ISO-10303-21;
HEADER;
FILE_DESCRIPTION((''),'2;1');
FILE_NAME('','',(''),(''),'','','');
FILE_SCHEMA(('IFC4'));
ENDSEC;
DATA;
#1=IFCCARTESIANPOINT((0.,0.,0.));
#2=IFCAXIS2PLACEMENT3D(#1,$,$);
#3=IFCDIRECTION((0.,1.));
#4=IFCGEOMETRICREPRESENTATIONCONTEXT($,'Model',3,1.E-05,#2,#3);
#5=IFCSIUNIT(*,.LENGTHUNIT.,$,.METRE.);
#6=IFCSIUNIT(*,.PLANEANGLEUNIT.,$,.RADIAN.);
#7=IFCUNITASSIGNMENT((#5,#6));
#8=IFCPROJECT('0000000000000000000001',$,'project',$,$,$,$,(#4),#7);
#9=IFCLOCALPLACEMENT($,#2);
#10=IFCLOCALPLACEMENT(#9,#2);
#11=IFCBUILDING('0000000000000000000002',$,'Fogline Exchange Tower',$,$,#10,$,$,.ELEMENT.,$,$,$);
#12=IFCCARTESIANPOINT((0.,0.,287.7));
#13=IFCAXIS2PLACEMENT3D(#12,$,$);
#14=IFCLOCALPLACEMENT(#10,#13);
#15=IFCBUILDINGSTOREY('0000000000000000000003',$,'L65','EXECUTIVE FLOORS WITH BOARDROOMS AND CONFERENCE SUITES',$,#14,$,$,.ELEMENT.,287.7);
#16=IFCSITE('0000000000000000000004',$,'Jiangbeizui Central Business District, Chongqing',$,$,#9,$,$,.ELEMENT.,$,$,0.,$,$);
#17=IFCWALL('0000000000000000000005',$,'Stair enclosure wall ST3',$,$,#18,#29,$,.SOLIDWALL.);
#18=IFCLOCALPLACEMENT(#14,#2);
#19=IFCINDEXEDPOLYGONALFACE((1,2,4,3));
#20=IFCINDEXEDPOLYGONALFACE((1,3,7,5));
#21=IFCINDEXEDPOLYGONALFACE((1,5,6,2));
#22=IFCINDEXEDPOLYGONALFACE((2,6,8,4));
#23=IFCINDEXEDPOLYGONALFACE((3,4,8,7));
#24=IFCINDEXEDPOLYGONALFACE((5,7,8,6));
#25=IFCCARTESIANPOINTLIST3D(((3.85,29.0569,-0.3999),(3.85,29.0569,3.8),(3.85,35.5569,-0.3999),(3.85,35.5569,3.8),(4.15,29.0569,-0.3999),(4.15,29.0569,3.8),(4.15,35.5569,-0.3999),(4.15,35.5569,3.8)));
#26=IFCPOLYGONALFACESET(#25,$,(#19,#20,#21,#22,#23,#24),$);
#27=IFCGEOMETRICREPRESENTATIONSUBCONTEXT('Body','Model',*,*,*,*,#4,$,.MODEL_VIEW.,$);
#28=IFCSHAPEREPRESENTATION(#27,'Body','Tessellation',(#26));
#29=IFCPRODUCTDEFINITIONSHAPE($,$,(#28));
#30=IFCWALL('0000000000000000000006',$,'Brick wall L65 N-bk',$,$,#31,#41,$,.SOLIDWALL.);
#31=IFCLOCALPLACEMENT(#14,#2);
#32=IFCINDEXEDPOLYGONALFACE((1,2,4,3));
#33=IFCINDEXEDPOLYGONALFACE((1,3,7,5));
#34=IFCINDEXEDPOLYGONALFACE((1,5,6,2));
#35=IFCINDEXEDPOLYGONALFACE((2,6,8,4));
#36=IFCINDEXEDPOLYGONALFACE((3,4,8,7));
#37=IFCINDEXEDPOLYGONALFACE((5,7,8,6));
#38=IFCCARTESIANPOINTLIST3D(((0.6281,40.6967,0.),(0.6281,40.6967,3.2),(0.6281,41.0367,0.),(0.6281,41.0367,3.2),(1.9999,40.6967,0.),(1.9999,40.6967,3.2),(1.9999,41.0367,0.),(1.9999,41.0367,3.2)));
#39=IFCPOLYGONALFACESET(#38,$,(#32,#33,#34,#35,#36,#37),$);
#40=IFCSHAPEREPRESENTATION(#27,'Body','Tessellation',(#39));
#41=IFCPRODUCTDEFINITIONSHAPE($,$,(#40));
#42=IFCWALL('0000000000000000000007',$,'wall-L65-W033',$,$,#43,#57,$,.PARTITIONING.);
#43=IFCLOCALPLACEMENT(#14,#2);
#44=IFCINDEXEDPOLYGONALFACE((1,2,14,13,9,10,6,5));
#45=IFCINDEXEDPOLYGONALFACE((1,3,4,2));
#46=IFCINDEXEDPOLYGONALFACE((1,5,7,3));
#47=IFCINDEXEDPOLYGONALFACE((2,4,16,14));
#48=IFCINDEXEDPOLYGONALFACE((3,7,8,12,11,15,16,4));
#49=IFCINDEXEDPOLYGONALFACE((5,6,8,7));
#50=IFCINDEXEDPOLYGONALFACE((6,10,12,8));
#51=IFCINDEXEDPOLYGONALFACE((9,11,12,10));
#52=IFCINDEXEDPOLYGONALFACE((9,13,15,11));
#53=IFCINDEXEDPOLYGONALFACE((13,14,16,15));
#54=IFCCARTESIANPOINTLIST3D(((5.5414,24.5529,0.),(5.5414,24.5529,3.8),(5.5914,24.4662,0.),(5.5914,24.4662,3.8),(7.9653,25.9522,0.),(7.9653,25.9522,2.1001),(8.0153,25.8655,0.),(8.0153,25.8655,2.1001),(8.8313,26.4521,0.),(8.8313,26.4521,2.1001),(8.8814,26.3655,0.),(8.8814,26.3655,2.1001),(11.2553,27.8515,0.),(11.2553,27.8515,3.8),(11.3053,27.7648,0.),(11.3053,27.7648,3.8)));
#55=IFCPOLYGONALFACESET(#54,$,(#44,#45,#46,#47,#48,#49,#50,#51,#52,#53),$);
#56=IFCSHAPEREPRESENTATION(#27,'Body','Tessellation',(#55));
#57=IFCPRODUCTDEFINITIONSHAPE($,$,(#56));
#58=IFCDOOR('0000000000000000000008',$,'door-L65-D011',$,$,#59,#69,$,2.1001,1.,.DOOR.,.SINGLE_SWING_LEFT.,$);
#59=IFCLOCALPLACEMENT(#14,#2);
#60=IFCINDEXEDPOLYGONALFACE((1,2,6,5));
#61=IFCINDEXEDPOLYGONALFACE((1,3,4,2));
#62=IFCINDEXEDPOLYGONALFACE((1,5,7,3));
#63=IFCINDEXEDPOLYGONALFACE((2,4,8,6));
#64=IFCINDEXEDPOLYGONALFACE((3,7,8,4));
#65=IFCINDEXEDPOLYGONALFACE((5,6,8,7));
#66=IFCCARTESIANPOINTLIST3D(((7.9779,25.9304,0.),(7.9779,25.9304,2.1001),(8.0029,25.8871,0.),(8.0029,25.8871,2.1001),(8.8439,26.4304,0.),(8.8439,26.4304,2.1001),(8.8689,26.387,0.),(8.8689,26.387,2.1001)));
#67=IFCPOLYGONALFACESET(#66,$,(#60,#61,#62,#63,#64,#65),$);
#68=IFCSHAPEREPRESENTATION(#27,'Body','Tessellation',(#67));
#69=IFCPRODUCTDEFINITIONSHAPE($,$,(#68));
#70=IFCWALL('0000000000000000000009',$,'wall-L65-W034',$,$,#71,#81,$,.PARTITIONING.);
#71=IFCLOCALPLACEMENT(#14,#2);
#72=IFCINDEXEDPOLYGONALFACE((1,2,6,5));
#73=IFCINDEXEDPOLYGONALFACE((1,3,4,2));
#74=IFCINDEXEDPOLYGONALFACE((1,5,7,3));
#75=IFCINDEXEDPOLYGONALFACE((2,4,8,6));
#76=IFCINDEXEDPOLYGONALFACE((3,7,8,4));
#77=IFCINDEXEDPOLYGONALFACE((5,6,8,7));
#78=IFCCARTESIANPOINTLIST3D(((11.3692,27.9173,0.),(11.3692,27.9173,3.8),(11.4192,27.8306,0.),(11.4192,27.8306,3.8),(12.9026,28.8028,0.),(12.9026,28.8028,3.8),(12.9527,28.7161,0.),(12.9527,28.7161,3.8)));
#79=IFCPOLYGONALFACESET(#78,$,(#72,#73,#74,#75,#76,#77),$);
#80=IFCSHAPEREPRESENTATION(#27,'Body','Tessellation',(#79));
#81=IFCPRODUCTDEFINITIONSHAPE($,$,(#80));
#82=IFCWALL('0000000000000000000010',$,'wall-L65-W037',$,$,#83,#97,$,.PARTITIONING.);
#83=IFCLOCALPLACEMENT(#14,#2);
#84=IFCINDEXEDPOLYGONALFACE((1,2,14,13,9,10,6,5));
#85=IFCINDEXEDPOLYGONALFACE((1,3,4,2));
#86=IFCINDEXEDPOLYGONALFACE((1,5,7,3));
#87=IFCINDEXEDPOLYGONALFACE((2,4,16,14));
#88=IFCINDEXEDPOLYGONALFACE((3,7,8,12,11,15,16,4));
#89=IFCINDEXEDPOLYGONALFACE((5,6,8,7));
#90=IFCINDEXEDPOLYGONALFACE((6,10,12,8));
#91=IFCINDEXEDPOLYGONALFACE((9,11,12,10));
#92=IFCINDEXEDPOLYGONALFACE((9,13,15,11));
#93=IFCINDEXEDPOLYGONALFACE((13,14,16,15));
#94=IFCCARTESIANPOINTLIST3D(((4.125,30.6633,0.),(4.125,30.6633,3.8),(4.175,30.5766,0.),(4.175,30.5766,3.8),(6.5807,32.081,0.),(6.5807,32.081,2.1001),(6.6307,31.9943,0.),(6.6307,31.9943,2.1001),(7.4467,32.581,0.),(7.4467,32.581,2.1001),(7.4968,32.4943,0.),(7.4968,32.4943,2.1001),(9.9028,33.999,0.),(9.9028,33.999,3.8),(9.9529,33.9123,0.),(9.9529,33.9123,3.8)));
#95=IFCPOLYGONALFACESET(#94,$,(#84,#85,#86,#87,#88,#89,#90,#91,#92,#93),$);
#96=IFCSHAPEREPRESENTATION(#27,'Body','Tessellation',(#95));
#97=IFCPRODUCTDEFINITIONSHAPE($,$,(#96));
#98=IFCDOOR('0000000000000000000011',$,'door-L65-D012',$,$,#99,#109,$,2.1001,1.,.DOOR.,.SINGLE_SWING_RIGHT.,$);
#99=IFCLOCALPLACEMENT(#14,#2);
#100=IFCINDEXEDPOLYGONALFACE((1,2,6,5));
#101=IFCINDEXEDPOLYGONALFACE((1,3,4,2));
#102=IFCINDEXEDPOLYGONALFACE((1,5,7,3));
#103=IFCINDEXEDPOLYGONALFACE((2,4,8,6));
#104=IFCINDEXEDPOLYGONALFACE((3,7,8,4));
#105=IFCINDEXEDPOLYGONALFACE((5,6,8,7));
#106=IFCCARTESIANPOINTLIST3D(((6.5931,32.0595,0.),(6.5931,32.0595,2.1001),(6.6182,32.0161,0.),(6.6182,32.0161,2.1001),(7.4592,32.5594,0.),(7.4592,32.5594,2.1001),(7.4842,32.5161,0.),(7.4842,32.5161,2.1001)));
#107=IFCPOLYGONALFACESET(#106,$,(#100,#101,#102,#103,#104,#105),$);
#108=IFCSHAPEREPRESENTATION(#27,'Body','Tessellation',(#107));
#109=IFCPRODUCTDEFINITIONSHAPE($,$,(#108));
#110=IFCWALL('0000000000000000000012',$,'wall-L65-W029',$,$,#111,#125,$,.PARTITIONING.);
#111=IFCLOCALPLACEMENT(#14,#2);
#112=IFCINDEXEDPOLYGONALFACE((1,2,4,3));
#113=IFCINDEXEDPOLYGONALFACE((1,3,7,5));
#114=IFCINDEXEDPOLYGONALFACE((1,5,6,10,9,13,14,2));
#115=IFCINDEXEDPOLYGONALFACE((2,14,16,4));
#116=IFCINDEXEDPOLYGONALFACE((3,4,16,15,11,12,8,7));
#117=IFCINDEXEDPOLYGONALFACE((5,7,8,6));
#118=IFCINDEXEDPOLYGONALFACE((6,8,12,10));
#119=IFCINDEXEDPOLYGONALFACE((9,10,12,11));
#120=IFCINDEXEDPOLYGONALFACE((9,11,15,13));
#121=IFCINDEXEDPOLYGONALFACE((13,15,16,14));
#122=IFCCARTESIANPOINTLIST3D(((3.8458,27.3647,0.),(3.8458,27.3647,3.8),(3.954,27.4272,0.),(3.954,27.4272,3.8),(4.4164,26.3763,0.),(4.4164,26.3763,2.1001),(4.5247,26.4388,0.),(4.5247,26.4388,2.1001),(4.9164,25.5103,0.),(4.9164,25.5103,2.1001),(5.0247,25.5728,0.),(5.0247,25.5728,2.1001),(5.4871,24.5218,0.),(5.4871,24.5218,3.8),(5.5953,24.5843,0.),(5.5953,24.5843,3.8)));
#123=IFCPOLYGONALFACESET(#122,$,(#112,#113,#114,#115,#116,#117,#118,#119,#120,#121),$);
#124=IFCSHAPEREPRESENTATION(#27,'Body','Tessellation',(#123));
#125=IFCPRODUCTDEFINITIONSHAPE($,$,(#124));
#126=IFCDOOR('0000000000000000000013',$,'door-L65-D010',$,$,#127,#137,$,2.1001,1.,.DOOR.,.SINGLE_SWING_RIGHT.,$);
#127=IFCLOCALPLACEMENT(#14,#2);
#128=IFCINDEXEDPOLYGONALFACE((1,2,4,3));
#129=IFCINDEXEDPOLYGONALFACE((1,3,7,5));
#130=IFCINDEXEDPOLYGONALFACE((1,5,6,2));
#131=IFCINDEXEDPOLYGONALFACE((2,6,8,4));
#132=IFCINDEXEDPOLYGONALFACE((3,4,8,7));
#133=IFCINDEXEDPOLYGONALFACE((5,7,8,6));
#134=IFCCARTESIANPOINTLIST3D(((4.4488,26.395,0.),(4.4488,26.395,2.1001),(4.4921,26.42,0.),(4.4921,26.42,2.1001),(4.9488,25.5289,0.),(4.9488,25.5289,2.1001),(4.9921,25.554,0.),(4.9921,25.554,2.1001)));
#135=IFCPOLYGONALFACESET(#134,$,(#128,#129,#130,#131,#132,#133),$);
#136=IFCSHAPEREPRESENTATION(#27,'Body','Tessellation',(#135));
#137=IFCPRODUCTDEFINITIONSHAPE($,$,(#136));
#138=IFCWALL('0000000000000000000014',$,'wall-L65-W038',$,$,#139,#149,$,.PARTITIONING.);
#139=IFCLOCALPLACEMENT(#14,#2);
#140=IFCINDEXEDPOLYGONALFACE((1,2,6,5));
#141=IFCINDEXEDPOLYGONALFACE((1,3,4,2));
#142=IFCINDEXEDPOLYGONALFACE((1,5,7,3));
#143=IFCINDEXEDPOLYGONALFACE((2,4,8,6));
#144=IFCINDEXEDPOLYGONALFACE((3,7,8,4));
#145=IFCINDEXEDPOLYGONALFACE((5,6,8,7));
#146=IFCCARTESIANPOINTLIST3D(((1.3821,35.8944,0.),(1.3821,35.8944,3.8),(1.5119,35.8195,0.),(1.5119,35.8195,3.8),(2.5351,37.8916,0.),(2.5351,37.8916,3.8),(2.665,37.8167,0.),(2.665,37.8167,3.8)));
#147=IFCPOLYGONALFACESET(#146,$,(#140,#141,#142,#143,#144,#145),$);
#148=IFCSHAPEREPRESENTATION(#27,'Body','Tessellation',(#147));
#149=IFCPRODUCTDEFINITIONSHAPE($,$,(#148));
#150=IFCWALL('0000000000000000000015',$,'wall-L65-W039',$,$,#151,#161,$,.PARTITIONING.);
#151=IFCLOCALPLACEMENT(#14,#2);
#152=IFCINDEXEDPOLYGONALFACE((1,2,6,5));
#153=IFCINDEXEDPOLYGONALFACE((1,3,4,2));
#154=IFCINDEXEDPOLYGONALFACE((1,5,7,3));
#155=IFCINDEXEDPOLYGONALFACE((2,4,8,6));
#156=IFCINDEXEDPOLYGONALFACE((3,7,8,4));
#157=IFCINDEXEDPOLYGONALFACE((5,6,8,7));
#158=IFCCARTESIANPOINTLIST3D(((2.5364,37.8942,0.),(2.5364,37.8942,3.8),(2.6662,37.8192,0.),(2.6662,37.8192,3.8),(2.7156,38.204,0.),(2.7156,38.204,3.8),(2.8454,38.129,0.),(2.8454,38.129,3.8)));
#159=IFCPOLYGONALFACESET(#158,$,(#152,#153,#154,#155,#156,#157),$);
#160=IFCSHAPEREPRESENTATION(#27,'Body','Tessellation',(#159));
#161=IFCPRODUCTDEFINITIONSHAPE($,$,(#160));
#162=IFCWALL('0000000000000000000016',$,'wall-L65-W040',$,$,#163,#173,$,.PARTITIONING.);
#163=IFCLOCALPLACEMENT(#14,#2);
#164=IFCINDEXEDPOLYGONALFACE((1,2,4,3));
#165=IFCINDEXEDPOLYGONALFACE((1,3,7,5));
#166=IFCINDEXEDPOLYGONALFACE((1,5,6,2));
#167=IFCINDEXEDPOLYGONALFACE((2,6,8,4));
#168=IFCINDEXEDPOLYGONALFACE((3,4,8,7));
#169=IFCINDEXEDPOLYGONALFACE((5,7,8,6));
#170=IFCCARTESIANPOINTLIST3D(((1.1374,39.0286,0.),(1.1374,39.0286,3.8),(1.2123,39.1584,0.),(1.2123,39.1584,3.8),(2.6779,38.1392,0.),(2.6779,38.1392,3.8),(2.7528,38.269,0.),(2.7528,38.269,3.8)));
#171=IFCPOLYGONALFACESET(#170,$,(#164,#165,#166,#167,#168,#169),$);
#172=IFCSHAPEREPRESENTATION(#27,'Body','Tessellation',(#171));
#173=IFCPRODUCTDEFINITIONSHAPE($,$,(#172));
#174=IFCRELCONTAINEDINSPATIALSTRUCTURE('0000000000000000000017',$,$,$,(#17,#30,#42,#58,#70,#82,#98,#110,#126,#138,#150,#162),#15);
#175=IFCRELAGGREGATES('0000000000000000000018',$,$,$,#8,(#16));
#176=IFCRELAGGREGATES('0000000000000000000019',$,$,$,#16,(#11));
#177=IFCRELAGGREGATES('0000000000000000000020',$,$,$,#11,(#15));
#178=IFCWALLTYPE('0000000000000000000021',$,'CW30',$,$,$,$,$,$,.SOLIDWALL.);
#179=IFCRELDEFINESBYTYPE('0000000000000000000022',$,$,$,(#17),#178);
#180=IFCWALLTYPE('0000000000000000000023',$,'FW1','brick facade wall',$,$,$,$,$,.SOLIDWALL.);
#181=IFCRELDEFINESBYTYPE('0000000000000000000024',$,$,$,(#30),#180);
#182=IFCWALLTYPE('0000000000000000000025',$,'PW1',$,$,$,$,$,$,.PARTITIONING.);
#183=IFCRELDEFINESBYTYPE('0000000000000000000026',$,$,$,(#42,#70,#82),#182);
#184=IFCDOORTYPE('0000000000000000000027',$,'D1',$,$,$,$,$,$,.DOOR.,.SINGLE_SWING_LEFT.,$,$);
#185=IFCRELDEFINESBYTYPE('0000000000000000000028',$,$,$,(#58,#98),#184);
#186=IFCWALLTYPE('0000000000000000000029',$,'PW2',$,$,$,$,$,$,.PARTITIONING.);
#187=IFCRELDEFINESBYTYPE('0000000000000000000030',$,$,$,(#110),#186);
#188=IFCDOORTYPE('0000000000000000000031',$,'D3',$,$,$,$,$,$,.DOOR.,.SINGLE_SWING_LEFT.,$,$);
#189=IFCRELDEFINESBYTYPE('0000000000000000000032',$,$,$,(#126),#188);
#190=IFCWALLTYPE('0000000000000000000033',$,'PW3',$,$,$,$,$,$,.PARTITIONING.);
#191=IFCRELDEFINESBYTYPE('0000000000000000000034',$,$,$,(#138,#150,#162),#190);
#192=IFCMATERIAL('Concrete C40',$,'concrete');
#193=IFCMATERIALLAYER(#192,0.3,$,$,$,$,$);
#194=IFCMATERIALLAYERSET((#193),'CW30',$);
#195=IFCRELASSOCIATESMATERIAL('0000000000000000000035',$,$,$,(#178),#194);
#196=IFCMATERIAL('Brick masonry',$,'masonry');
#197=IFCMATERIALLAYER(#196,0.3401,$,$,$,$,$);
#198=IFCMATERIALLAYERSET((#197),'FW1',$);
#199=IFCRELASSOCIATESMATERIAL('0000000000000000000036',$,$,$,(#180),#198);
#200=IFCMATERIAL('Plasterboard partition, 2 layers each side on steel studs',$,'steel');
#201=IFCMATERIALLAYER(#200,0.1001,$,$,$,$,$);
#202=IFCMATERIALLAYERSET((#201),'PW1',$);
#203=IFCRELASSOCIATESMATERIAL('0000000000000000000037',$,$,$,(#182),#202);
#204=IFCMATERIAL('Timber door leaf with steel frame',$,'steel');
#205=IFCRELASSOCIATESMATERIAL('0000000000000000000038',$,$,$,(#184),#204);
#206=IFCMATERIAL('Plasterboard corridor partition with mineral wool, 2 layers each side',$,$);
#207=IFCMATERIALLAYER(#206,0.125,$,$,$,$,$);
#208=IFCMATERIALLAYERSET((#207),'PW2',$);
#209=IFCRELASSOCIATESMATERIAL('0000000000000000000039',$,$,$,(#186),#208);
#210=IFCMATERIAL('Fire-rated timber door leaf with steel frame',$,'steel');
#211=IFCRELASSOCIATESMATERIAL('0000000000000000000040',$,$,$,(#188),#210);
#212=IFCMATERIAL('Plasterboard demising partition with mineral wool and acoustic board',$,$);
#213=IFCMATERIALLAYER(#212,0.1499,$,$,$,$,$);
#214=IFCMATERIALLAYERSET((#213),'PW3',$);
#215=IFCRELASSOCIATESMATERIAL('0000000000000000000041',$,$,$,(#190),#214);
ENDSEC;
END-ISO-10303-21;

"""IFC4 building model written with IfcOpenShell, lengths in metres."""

from ifc_helpers import new_model, si_unit, direction, frame, frame_2d, origin, place, context, subcontext, project, spatial, rectangle, extrude, material, layer, layer_set, type_object, element, fill, save


model = new_model("IFC4")

# Units and contexts
model_context = context("Model", 3, precision=1e-05, world=origin(), true_north=direction((0.0, 1.0)))
body_context = subcontext(model_context, "Body", "Model", "MODEL_VIEW")
ifc_project = project(units=[si_unit("LENGTHUNIT", "METRE"), si_unit("PLANEANGLEUNIT", "RADIAN")], contexts=[model_context])

# Site, building, storey
site_placement = place(None, origin())
site = spatial("IfcSite", under=ifc_project, at=site_placement, Name="Jiangbeizui Central Business District, Chongqing", CompositionType="ELEMENT", RefElevation=0.0)
building_placement = place(site_placement, origin())
building = spatial("IfcBuilding", under=site, at=building_placement, Name="Fogline Exchange Tower", CompositionType="ELEMENT")
storey_placement = place(building_placement, frame((0.0, 0.0, 287.7)))
storey = spatial("IfcBuildingStorey", under=building, at=storey_placement, Name="L65", Description="EXECUTIVE FLOORS WITH BOARDROOMS AND CONFERENCE SUITES", CompositionType="ELEMENT", Elevation=287.7)

# Shared definitions
ifc_material_1 = material(Name="Concrete C40", Category="concrete")

# Walls
ifc_layer_1 = layer(ifc_material_1, 0.3)
ifc_layer_set_1 = layer_set([ifc_layer_1], Name="CW30")
wall_type_1 = type_object("IfcWallType", Name="CW30", PredefinedType="SOLIDWALL", material=ifc_layer_set_1)
wall_1_placement = place(storey_placement, frame((4.0, 29.0569, -0.3999), z_axis=(0.0, 0.0, 1.0), x_axis=(0.0, 1.0, 0.0)))
element("IfcWall", 1, at=wall_1_placement, inside=storey, type_object=wall_type_1, Name="Stair enclosure wall ST3", PredefinedType="SOLIDWALL", context=body_context, shape_type="SweptSolid", body=[
    extrude(rectangle(XDim=6.5, YDim=0.3, at=frame_2d((3.25, 0.0))), origin(), (0.0, 0.0, 1.0), 4.2),
])
ifc_material_2 = material(Name="Brick masonry", Category="masonry")
ifc_layer_2 = layer(ifc_material_2, 0.3401)
ifc_layer_set_2 = layer_set([ifc_layer_2], Name="FW1")
wall_type_2 = type_object("IfcWallType", Name="FW1", Description="brick facade wall", PredefinedType="SOLIDWALL", material=ifc_layer_set_2)
wall_2_placement = place(storey_placement, frame((2.0, 40.8667, 0.0), z_axis=(0.0, 0.0, 1.0), x_axis=(-1.0, 0.0, 0.0)))
element("IfcWall", 2, at=wall_2_placement, inside=storey, type_object=wall_type_2, Name="Brick wall L65 N-bk", PredefinedType="SOLIDWALL", context=body_context, shape_type="SweptSolid", body=[
    extrude(rectangle(XDim=1.3718, YDim=0.3401, at=frame_2d((0.686, 0.0))), origin(), (0.0, 0.0, 1.0), 3.2),
])

# Wall, opening, door
ifc_material_3 = material(Name="Plasterboard partition, 2 layers each side on steel studs", Category="steel")
ifc_layer_3 = layer(ifc_material_3, 0.1001)
ifc_layer_set_3 = layer_set([ifc_layer_3], Name="PW1")
wall_type_3 = type_object("IfcWallType", Name="PW1", PredefinedType="PARTITIONING", material=ifc_layer_set_3)
wall_3_placement = place(storey_placement, frame((5.5664, 24.5095, 0.0), z_axis=(0.0, 0.0, 1.0), x_axis=(0.866046, 0.499964, 0.0)))
wall_3 = element("IfcWall", 3, at=wall_3_placement, inside=storey, type_object=wall_type_3, Name="wall-L65-W033", PredefinedType="PARTITIONING", context=body_context, shape_type="SweptSolid", body=[
    extrude(rectangle(XDim=6.5977, YDim=0.1001, at=frame_2d((3.2988, 0.0))), origin(), (0.0, 0.0, 1.0), 3.8),
])
opening_1_placement = place(wall_3_placement, frame((2.7988, 0.0, 0.0)))
opening_1 = element("IfcOpeningElement", 4, at=opening_1_placement, cuts=wall_3, PredefinedType="OPENING", context=body_context, shape_type="SweptSolid", body=[
    extrude(rectangle(XDim=1.0, YDim=2.1001, at=frame_2d((0.5, 1.05))), frame((0.0, 0.0601, 0.0), z_axis=(0.0, -1.0, 0.0), x_axis=(1.0, 0.0, 0.0)), (0.0, 0.0, 1.0), 0.1201),
])
ifc_material_4 = material(Name="Timber door leaf with steel frame", Category="steel")
door_type_1 = type_object("IfcDoorType", Name="D1", OperationType="SINGLE_SWING_LEFT", PredefinedType="DOOR", material=ifc_material_4)
door_1_placement = place(opening_1_placement, origin())
door_1 = element("IfcDoor", 5, at=door_1_placement, inside=storey, type_object=door_type_1, Name="door-L65-D011", OperationType="SINGLE_SWING_LEFT", OverallHeight=2.1001, OverallWidth=1.0, PredefinedType="DOOR", context=body_context, shape_type="SweptSolid", body=[
    extrude(rectangle(XDim=1.0, YDim=2.1001, at=frame_2d((0.5, 1.05))), frame((0.0, 0.0249, 0.0), z_axis=(0.0, -1.0, 0.0), x_axis=(1.0, 0.0, 0.0)), (0.0, 0.0, 1.0), 0.05),
])
fill(opening_1, door_1)

# Wall
wall_4_placement = place(storey_placement, frame((11.3943, 27.874, 0.0), z_axis=(0.0, 0.0, 1.0), x_axis=(0.865986, 0.500069, 0.0)))
element("IfcWall", 6, at=wall_4_placement, inside=storey, type_object=wall_type_3, Name="wall-L65-W034", PredefinedType="PARTITIONING", context=body_context, shape_type="SweptSolid", body=[
    extrude(rectangle(XDim=1.7708, YDim=0.1001, at=frame_2d((0.8853, 0.0))), origin(), (0.0, 0.0, 1.0), 3.8),
])

# Walls, openings, doors
wall_5_placement = place(storey_placement, frame((4.1499, 30.6199, 0.0), z_axis=(0.0, 0.0, 1.0), x_axis=(0.866034, 0.499984, 0.0)))
wall_5 = element("IfcWall", 7, at=wall_5_placement, inside=storey, type_object=wall_type_3, Name="wall-L65-W037", PredefinedType="PARTITIONING", context=body_context, shape_type="SweptSolid", body=[
    extrude(rectangle(XDim=6.6716, YDim=0.1001, at=frame_2d((3.3359, 0.0))), origin(), (0.0, 0.0, 1.0), 3.8),
])
opening_2_placement = place(wall_5_placement, frame((2.8357, 0.0, 0.0)))
opening_2 = element("IfcOpeningElement", 8, at=opening_2_placement, cuts=wall_5, PredefinedType="OPENING", context=body_context, shape_type="SweptSolid", body=[
    extrude(rectangle(XDim=1.0, YDim=2.1001, at=frame_2d((0.5, 1.05))), frame((0.0, 0.0601, 0.0), z_axis=(0.0, -1.0, 0.0), x_axis=(1.0, 0.0, 0.0)), (0.0, 0.0, 1.0), 0.1201),
])
door_2_placement = place(opening_2_placement, frame((1.0, 0.0, 0.0), z_axis=(0.0, 0.0, 1.0), x_axis=(-1.0, 0.0, 0.0)))
door_2 = element("IfcDoor", 9, at=door_2_placement, inside=storey, type_object=door_type_1, Name="door-L65-D012", OperationType="SINGLE_SWING_RIGHT", OverallHeight=2.1001, OverallWidth=1.0, PredefinedType="DOOR", context=body_context, shape_type="SweptSolid", body=[
    extrude(rectangle(XDim=1.0, YDim=2.1001, at=frame_2d((0.5, 1.05))), frame((0.0, 0.0249, 0.0), z_axis=(0.0, -1.0, 0.0), x_axis=(1.0, 0.0, 0.0)), (0.0, 0.0, 1.0), 0.05),
])
fill(opening_2, door_2)
ifc_material_5 = material(Name="Plasterboard corridor partition with mineral wool, 2 layers each side")
ifc_layer_4 = layer(ifc_material_5, 0.125)
ifc_layer_set_4 = layer_set([ifc_layer_4], Name="PW2")
wall_type_4 = type_object("IfcWallType", Name="PW2", PredefinedType="PARTITIONING", material=ifc_layer_set_4)
wall_6_placement = place(storey_placement, frame((3.8999, 27.396, 0.0), z_axis=(0.0, 0.0, 1.0), x_axis=(0.499986, -0.866033, 0.0)))
wall_6 = element("IfcWall", 10, at=wall_6_placement, inside=storey, type_object=wall_type_4, Name="wall-L65-W029", PredefinedType="PARTITIONING", context=body_context, shape_type="SweptSolid", body=[
    extrude(rectangle(XDim=3.2827, YDim=0.125, at=frame_2d((1.6414, 0.0))), origin(), (0.0, 0.0, 1.0), 3.8),
])
opening_3_placement = place(wall_6_placement, frame((1.1414, 0.0, 0.0)))
opening_3 = element("IfcOpeningElement", 11, at=opening_3_placement, cuts=wall_6, PredefinedType="OPENING", context=body_context, shape_type="SweptSolid", body=[
    extrude(rectangle(XDim=1.0, YDim=2.1001, at=frame_2d((0.5, 1.05))), frame((0.0, 0.0725, 0.0), z_axis=(0.0, -1.0, 0.0), x_axis=(1.0, 0.0, 0.0)), (0.0, 0.0, 1.0), 0.145),
])
ifc_material_6 = material(Name="Fire-rated timber door leaf with steel frame", Category="steel")
door_type_2 = type_object("IfcDoorType", Name="D3", OperationType="SINGLE_SWING_LEFT", PredefinedType="DOOR", material=ifc_material_6)
door_3_placement = place(opening_3_placement, origin())
door_3 = element("IfcDoor", 12, at=door_3_placement, inside=storey, type_object=door_type_2, Name="door-L65-D010", OperationType="SINGLE_SWING_RIGHT", OverallHeight=2.1001, OverallWidth=1.0, PredefinedType="DOOR", context=body_context, shape_type="SweptSolid", body=[
    extrude(rectangle(XDim=1.0, YDim=2.1001, at=frame_2d((0.5, 1.05))), frame((0.0, 0.0249, 0.0), z_axis=(0.0, -1.0, 0.0), x_axis=(1.0, 0.0, 0.0)), (0.0, 0.0, 1.0), 0.05),
])
fill(opening_3, door_3)

# Walls
ifc_material_7 = material(Name="Plasterboard demising partition with mineral wool and acoustic board")
ifc_layer_5 = layer(ifc_material_7, 0.1499)
ifc_layer_set_5 = layer_set([ifc_layer_5], Name="PW3")
wall_type_5 = type_object("IfcWallType", Name="PW3", PredefinedType="PARTITIONING", material=ifc_layer_set_5)
wall_7_placement = place(storey_placement, frame((1.447, 35.8569, 0.0), z_axis=(0.0, 0.0, 1.0), x_axis=(0.499976, 0.866039, 0.0)))
element("IfcWall", 13, at=wall_7_placement, inside=storey, type_object=wall_type_5, Name="wall-L65-W038", PredefinedType="PARTITIONING", context=body_context, shape_type="SweptSolid", body=[
    extrude(rectangle(XDim=2.3062, YDim=0.1499, at=frame_2d((1.1531, 0.0))), origin(), (0.0, 0.0, 1.0), 3.8),
])
wall_8_placement = place(storey_placement, frame((2.6013, 37.8567, 0.0), z_axis=(0.0, 0.0, 1.0), x_axis=(0.500687, 0.865629, 0.0)))
element("IfcWall", 14, at=wall_8_placement, inside=storey, type_object=wall_type_5, Name="wall-L65-W039", PredefinedType="PARTITIONING", context=body_context, shape_type="SweptSolid", body=[
    extrude(rectangle(XDim=0.3579, YDim=0.1499, at=frame_2d((0.179, 0.0))), origin(), (0.0, 0.0, 1.0), 3.8),
])
wall_9_placement = place(storey_placement, frame((2.7153, 38.2041, 0.0), z_axis=(0.0, 0.0, 1.0), x_axis=(-0.86603, 0.499992, 0.0)))
element("IfcWall", 15, at=wall_9_placement, inside=storey, type_object=wall_type_5, Name="wall-L65-W040", PredefinedType="PARTITIONING", context=body_context, shape_type="SweptSolid", body=[
    extrude(rectangle(XDim=1.7788, YDim=0.1499, at=frame_2d((0.8894, 0.0))), origin(), (0.0, 0.0, 1.0), 3.8),
])

save(model, "model.ifc")
